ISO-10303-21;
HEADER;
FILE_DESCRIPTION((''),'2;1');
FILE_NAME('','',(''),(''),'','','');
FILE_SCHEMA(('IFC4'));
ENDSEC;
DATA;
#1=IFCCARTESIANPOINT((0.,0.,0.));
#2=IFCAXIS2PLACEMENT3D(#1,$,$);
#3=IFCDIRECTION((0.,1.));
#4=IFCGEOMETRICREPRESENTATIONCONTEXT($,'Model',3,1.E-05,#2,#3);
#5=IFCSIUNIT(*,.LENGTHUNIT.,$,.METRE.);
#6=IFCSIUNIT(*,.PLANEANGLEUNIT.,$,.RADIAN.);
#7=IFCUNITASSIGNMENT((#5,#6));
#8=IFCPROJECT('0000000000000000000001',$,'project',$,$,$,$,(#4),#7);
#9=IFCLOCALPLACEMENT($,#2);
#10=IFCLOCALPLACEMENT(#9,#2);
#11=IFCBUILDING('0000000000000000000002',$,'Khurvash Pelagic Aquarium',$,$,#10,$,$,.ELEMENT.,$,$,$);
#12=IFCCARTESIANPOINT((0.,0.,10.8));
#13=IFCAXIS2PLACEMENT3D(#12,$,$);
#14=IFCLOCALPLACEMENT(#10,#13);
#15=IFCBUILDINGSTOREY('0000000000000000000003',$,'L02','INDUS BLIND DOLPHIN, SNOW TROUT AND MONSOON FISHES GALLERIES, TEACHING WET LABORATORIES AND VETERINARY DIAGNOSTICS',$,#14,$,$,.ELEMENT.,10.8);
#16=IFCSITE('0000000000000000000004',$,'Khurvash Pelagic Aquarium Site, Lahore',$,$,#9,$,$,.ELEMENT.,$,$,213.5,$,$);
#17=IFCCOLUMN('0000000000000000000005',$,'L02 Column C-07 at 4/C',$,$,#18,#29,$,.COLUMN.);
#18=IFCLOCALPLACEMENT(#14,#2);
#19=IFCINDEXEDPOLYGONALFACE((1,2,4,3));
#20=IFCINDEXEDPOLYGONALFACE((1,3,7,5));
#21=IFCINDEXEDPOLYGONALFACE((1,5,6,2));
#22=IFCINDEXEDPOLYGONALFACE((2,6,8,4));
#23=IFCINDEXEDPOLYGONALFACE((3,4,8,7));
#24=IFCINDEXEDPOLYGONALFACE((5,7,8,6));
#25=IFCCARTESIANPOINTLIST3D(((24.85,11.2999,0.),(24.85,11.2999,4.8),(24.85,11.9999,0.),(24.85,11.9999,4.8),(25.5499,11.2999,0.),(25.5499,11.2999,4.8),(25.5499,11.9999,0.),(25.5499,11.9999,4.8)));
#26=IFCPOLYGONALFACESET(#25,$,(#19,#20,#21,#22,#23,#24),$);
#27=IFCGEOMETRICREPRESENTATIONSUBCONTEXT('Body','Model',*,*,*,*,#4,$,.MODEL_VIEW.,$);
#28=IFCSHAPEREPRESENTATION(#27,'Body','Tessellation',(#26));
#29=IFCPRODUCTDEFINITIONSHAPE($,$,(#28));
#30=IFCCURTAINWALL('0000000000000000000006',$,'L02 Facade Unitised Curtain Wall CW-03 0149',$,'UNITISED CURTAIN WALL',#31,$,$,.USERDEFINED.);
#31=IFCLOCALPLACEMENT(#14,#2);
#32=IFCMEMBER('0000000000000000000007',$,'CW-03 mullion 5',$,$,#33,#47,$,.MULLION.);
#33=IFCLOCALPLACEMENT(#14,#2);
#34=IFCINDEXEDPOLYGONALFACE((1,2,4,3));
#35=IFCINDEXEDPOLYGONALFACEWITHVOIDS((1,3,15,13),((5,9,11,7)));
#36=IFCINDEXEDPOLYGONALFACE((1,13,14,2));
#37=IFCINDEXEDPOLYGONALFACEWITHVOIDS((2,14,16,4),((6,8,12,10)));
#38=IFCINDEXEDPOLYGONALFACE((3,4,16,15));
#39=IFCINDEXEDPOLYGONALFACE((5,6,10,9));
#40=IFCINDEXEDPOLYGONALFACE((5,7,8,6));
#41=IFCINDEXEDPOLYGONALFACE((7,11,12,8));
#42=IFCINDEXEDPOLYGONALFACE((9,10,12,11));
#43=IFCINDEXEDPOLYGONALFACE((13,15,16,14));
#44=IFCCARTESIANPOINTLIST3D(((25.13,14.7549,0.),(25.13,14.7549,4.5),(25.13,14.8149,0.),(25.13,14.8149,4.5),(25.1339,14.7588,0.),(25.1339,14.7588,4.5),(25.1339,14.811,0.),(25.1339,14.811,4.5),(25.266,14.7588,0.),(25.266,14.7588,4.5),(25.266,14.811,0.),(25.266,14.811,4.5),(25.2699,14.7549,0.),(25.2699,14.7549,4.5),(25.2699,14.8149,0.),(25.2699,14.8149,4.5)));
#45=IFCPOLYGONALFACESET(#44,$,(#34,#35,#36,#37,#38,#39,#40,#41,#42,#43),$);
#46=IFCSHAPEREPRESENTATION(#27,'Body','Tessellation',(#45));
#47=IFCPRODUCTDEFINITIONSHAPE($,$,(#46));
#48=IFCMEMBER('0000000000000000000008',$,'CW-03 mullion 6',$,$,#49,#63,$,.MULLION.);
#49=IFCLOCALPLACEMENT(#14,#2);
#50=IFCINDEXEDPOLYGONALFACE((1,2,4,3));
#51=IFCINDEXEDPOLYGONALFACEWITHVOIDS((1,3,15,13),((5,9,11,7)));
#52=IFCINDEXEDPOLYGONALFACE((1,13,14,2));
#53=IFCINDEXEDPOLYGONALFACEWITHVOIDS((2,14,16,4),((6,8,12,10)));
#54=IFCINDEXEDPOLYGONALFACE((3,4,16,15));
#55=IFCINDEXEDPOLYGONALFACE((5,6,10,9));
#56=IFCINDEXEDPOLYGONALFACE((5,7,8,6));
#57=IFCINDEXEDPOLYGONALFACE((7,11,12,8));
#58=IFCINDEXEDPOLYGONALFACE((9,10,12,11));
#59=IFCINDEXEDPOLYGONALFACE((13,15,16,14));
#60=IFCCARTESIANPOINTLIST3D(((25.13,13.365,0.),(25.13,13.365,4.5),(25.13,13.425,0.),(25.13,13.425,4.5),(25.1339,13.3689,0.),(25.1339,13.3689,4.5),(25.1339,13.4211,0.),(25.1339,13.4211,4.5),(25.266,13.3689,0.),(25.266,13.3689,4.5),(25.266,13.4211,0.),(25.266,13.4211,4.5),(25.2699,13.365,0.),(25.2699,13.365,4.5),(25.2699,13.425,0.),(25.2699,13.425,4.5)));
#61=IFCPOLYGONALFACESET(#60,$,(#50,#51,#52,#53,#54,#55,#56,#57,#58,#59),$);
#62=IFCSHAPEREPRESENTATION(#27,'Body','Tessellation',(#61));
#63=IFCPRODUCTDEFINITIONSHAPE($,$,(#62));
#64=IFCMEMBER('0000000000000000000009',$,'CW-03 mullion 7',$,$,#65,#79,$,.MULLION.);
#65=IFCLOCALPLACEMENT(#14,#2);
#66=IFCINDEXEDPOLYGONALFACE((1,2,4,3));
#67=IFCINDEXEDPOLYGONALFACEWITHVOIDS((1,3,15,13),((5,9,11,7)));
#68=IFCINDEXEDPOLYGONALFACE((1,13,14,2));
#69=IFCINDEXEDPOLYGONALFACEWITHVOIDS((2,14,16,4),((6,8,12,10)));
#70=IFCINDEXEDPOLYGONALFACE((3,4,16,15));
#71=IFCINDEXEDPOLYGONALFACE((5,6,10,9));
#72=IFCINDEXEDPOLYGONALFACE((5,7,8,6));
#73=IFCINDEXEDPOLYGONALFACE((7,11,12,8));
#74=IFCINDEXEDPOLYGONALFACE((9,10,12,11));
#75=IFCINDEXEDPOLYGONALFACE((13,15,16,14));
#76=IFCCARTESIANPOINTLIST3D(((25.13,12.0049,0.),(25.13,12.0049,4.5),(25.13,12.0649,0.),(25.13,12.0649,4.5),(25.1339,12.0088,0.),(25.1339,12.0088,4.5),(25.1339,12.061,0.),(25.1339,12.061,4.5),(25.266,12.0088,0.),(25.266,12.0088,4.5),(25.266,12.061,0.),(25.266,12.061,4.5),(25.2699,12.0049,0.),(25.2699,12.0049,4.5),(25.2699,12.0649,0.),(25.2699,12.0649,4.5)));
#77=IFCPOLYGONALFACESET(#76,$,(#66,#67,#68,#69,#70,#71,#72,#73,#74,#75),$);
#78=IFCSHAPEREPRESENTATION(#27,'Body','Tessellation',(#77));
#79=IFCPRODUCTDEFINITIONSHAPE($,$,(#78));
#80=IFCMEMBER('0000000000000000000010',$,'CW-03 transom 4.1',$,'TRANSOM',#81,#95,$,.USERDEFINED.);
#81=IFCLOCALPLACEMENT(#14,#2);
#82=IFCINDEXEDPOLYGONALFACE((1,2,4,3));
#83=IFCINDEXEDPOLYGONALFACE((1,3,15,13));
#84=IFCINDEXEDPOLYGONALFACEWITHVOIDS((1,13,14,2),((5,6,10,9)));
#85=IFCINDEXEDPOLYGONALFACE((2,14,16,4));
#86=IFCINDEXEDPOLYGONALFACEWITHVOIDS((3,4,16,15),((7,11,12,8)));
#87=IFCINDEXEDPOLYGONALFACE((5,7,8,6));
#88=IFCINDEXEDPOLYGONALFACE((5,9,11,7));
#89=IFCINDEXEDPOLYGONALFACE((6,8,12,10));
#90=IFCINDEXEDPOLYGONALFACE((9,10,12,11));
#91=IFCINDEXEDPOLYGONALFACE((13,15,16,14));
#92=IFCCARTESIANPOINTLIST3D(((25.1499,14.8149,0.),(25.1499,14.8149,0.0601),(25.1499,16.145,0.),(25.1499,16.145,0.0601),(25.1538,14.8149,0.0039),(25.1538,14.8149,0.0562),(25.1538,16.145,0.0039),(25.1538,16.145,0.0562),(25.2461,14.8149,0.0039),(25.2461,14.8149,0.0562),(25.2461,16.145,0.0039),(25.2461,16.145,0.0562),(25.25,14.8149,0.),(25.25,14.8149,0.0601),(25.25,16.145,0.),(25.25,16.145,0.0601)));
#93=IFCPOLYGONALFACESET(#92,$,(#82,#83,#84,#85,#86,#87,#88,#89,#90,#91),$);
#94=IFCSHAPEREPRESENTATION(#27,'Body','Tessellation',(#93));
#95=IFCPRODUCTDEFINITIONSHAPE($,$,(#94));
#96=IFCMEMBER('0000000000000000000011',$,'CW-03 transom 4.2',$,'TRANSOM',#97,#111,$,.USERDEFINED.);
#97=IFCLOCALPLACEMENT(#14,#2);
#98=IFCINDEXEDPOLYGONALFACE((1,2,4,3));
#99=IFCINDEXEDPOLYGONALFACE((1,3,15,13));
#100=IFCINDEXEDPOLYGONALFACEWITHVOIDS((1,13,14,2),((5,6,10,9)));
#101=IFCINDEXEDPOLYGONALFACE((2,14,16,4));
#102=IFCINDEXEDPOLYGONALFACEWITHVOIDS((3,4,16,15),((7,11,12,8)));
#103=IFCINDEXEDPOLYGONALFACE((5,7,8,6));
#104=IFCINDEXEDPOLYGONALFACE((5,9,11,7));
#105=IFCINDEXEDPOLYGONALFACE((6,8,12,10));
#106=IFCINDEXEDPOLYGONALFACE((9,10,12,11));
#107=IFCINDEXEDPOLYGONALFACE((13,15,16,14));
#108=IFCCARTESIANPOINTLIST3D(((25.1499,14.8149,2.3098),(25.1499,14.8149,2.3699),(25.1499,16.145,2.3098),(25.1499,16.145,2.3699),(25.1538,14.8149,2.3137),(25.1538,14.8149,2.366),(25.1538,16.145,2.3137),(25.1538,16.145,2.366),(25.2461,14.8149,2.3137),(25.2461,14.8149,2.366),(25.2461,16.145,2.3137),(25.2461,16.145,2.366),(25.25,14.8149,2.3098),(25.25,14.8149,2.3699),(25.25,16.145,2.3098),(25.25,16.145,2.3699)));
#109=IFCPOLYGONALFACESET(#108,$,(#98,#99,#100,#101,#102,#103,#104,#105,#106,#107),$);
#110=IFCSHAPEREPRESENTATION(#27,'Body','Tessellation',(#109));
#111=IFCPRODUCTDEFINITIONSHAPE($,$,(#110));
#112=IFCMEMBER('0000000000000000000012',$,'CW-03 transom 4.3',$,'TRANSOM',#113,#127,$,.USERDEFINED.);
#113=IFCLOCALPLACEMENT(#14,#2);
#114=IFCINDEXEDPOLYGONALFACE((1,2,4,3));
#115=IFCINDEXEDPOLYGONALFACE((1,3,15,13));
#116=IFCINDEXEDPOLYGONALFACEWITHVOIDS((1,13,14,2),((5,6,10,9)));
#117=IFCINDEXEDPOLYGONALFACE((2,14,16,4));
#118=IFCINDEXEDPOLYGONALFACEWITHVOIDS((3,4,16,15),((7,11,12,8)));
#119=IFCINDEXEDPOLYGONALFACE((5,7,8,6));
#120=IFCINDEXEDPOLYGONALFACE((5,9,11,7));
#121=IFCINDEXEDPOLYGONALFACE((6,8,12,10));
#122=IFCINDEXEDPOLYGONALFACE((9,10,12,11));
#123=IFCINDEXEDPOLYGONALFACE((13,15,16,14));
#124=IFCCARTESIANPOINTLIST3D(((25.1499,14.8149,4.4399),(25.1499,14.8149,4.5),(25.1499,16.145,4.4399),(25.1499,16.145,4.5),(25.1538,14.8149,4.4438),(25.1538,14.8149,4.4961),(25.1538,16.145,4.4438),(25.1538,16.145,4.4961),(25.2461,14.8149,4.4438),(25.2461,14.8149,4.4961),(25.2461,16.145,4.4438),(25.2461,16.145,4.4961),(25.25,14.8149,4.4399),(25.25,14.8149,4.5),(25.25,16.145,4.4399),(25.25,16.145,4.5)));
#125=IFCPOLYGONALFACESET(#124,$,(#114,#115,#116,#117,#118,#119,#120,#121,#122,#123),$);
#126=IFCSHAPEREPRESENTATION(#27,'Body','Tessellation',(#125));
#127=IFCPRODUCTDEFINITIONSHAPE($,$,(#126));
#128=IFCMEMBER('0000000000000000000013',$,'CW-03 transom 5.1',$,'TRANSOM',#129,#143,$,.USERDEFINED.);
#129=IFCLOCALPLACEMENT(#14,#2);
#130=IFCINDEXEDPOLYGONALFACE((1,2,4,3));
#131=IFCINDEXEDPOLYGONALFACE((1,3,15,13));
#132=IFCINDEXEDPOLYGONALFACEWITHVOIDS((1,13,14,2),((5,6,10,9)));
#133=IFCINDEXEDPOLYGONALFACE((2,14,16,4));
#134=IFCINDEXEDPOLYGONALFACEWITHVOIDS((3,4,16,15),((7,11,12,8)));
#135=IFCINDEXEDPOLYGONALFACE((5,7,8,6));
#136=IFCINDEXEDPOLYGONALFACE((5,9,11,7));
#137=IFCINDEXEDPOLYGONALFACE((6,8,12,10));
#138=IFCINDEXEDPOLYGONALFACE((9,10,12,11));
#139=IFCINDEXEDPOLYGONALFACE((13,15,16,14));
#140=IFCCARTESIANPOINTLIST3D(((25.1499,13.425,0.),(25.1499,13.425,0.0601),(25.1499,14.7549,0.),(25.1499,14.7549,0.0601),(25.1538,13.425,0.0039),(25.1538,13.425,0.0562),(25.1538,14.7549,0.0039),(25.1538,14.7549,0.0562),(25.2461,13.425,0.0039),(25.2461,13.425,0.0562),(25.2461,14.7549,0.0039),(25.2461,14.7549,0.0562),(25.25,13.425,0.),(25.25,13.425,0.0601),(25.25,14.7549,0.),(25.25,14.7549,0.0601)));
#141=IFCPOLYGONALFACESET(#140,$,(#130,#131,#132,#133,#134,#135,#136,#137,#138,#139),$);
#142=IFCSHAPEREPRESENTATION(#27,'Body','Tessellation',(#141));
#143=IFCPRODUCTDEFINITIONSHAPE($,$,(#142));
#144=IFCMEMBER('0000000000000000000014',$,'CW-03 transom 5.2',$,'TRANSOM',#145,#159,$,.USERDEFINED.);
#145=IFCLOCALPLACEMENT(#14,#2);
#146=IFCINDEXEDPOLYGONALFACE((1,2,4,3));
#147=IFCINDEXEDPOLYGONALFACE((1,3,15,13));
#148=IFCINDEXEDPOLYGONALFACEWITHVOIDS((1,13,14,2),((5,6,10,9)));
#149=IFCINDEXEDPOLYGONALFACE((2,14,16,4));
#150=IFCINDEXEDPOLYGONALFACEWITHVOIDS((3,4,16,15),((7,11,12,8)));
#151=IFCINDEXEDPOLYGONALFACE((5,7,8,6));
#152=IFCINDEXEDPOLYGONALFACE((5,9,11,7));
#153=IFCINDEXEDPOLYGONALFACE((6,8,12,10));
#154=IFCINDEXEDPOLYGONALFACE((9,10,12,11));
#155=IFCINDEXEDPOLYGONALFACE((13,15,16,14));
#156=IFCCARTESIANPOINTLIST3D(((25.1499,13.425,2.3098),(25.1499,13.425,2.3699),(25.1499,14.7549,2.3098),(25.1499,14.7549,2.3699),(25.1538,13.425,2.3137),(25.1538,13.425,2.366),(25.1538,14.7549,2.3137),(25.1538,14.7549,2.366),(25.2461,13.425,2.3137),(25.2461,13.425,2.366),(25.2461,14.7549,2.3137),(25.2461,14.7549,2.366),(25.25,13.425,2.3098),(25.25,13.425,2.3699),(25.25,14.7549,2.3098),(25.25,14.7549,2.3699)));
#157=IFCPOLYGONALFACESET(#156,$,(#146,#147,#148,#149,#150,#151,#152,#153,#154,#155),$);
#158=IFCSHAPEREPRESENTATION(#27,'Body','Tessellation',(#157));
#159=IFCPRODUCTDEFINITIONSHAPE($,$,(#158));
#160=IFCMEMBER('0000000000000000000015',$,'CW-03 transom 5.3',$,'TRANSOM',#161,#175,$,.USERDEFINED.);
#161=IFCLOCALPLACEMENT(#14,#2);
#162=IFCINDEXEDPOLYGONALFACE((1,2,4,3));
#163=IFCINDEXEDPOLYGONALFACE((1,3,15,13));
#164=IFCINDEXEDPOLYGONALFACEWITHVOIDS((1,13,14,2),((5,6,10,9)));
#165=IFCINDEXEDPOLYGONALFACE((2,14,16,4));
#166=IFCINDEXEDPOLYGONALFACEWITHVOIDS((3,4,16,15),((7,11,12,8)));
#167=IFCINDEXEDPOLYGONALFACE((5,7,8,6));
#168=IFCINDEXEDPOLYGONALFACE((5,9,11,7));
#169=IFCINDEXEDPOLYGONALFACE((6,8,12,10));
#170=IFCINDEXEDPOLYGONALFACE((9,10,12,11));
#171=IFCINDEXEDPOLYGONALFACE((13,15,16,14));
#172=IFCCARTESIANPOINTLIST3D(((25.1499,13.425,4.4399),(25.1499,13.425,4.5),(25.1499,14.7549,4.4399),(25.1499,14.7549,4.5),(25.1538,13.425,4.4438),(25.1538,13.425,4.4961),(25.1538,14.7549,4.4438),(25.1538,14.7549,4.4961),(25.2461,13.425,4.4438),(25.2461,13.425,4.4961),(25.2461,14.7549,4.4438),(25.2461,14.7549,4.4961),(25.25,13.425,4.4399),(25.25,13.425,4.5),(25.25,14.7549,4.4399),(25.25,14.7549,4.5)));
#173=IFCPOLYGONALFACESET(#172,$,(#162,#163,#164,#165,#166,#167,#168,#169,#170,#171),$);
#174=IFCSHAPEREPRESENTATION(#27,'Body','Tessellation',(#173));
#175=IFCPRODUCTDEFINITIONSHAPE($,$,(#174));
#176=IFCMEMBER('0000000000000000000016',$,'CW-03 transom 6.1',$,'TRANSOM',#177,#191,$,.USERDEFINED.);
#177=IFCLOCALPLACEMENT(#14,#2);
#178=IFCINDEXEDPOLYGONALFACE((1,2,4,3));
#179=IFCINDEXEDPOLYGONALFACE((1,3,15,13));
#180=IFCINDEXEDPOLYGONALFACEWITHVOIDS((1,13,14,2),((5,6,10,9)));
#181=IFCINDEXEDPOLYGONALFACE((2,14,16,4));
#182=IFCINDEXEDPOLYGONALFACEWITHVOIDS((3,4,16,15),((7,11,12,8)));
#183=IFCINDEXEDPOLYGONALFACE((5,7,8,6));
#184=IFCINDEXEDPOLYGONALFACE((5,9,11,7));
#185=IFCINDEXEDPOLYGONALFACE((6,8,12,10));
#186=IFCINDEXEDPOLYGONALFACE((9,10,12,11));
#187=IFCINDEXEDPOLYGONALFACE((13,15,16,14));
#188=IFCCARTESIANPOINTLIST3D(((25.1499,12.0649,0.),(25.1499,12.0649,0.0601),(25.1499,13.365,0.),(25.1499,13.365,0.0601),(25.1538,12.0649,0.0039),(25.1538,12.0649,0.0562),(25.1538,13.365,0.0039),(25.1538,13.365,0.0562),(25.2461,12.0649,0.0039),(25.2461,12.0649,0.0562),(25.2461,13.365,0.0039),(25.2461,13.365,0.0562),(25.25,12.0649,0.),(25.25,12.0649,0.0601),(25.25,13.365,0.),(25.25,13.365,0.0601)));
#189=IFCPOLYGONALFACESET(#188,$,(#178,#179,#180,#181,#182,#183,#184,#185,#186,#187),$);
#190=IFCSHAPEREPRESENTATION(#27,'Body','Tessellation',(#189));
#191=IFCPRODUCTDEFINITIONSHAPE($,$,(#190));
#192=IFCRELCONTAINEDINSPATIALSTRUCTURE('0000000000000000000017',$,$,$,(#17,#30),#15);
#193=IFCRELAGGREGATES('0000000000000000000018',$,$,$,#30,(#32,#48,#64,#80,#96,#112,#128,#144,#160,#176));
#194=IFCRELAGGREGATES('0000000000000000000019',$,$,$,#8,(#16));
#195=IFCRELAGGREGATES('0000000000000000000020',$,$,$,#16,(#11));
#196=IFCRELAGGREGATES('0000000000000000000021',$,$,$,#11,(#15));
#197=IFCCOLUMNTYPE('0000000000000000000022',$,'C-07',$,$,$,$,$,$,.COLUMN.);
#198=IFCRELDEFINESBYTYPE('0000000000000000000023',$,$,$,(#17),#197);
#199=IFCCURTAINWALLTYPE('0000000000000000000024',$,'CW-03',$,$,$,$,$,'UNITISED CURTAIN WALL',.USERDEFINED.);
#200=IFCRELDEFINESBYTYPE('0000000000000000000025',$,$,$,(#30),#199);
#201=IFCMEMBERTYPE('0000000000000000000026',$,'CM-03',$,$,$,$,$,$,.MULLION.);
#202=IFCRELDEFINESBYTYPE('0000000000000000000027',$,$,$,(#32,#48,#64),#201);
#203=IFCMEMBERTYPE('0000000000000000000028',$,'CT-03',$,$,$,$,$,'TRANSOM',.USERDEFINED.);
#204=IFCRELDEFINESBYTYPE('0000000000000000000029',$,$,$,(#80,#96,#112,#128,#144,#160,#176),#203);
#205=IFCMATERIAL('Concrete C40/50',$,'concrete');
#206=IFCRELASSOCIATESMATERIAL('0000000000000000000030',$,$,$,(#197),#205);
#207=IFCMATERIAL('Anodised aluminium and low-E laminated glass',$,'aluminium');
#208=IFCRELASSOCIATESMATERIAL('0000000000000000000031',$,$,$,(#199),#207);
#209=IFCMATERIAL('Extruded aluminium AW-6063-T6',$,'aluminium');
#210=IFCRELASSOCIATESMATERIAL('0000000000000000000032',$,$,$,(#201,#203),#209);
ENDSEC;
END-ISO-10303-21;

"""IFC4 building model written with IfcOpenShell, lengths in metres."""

from ifc_helpers import new_model, si_unit, direction, frame, origin, origin_2d, place, context, subcontext, project, spatial, rectangle, hollow_rectangle, extrude, material, material_profile, profile_set, type_object, element, aggregate, save


model = new_model("IFC4")

# Units and contexts
model_context = context("Model", 3, precision=1e-05, world=origin(), true_north=direction((0.0, 1.0)))
body_context = subcontext(model_context, "Body", "Model", "MODEL_VIEW")
ifc_project = project(units=[si_unit("LENGTHUNIT", "METRE"), si_unit("PLANEANGLEUNIT", "RADIAN")], contexts=[model_context])

# Site, building, storey
site_placement = place(None, origin())
site = spatial("IfcSite", under=ifc_project, at=site_placement, Name="Khurvash Pelagic Aquarium Site, Lahore", CompositionType="ELEMENT", RefElevation=213.5)
building_placement = place(site_placement, origin())
building = spatial("IfcBuilding", under=site, at=building_placement, Name="Khurvash Pelagic Aquarium", CompositionType="ELEMENT")
storey_placement = place(building_placement, frame((0.0, 0.0, 10.8)))
storey = spatial("IfcBuildingStorey", under=building, at=storey_placement, Name="L02", Description="INDUS BLIND DOLPHIN, SNOW TROUT AND MONSOON FISHES GALLERIES, TEACHING WET LABORATORIES AND VETERINARY DIAGNOSTICS", CompositionType="ELEMENT", Elevation=10.8)

# Column
ifc_material_1 = material(Name="Concrete C40/50", Category="concrete")
ifc_material_profile_1 = material_profile(ifc_material_1, rectangle(XDim=0.7, YDim=0.7, at=origin_2d()), Name="RC700X700")
ifc_profile_set_1 = profile_set([ifc_material_profile_1], Name="Concrete C40/50")
column_type = type_object("IfcColumnType", Name="C-07", PredefinedType="COLUMN", material=ifc_profile_set_1)
column_placement = place(storey_placement, frame((25.2, 11.6499, 0.0), z_axis=(0.0, 0.0, 1.0), x_axis=(1.0, 0.0, 0.0)))
element("IfcColumn", 1, at=column_placement, inside=storey, type_object=column_type, Name="L02 Column C-07 at 4/C", PredefinedType="COLUMN", context=body_context, shape_type="SweptSolid", body=[
    extrude(rectangle(XDim=0.7, YDim=0.7, at=origin_2d()), origin(), (0.0, 0.0, 1.0), 4.8),
])

# Curtain wall, members
ifc_material_2 = material(Name="Anodised aluminium and low-E laminated glass", Category="aluminium")
curtain_wall_type = type_object("IfcCurtainWallType", Name="CW-03", ElementType="UNITISED CURTAIN WALL", PredefinedType="USERDEFINED", material=ifc_material_2)
curtain_wall_placement = place(storey_placement, origin())
curtain_wall = element("IfcCurtainWall", 2, at=curtain_wall_placement, inside=storey, type_object=curtain_wall_type, Name="L02 Facade Unitised Curtain Wall CW-03 0149", ObjectType="UNITISED CURTAIN WALL", PredefinedType="USERDEFINED")
ifc_material_3 = material(Name="Extruded aluminium AW-6063-T6", Category="aluminium")
ifc_material_profile_2 = material_profile(ifc_material_3, hollow_rectangle(XDim=0.0601, YDim=0.1399, WallThickness=0.0039, at=origin_2d()), Name="CWM60X140X4")
ifc_profile_set_2 = profile_set([ifc_material_profile_2], Name="Extruded aluminium AW-6063-T6")
member_type_1 = type_object("IfcMemberType", Name="CM-03", PredefinedType="MULLION", material=ifc_profile_set_2)
member_1_placement = place(storey_placement, frame((25.2, 14.7849, 0.0), z_axis=(0.0, 0.0, 1.0), x_axis=(0.0, -1.0, 0.0)))
member_1 = element("IfcMember", 3, at=member_1_placement, type_object=member_type_1, Name="CW-03 mullion 5", PredefinedType="MULLION", context=body_context, shape_type="SweptSolid", body=[
    extrude(hollow_rectangle(XDim=0.0601, YDim=0.1399, WallThickness=0.0039, at=origin_2d()), origin(), (0.0, 0.0, 1.0), 4.5),
])
member_2_placement = place(storey_placement, frame((25.2, 13.395, 0.0), z_axis=(0.0, 0.0, 1.0), x_axis=(0.0, -1.0, 0.0)))
member_2 = element("IfcMember", 4, at=member_2_placement, type_object=member_type_1, Name="CW-03 mullion 6", PredefinedType="MULLION", context=body_context, shape_type="SweptSolid", body=[
    extrude(hollow_rectangle(XDim=0.0601, YDim=0.1399, WallThickness=0.0039, at=origin_2d()), origin(), (0.0, 0.0, 1.0), 4.5),
])
member_3_placement = place(storey_placement, frame((25.2, 12.0349, 0.0), z_axis=(0.0, 0.0, 1.0), x_axis=(0.0, -1.0, 0.0)))
member_3 = element("IfcMember", 5, at=member_3_placement, type_object=member_type_1, Name="CW-03 mullion 7", PredefinedType="MULLION", context=body_context, shape_type="SweptSolid", body=[
    extrude(hollow_rectangle(XDim=0.0601, YDim=0.1399, WallThickness=0.0039, at=origin_2d()), origin(), (0.0, 0.0, 1.0), 4.5),
])
ifc_material_profile_3 = material_profile(ifc_material_3, hollow_rectangle(XDim=0.1001, YDim=0.0601, WallThickness=0.0039, at=origin_2d()), Name="CWT100X60X4")
ifc_profile_set_3 = profile_set([ifc_material_profile_3], Name="Extruded aluminium AW-6063-T6")
member_type_2 = type_object("IfcMemberType", Name="CT-03", ElementType="TRANSOM", PredefinedType="USERDEFINED", material=ifc_profile_set_3)
member_4_placement = place(storey_placement, frame((25.2, 16.145, 0.03), z_axis=(0.0, -1.0, 0.0), x_axis=(1.0, 0.0, 0.0)))
member_4 = element("IfcMember", 6, at=member_4_placement, type_object=member_type_2, Name="CW-03 transom 4.1", ObjectType="TRANSOM", PredefinedType="USERDEFINED", context=body_context, shape_type="SweptSolid", body=[
    extrude(hollow_rectangle(XDim=0.1001, YDim=0.0601, WallThickness=0.0039, at=origin_2d()), origin(), (0.0, 0.0, 1.0), 1.3301),
])
member_5_placement = place(storey_placement, frame((25.2, 16.145, 2.3398), z_axis=(0.0, -1.0, 0.0), x_axis=(1.0, 0.0, 0.0)))
member_5 = element("IfcMember", 7, at=member_5_placement, type_object=member_type_2, Name="CW-03 transom 4.2", ObjectType="TRANSOM", PredefinedType="USERDEFINED", context=body_context, shape_type="SweptSolid", body=[
    extrude(hollow_rectangle(XDim=0.1001, YDim=0.0601, WallThickness=0.0039, at=origin_2d()), origin(), (0.0, 0.0, 1.0), 1.3301),
])
member_6_placement = place(storey_placement, frame((25.2, 16.145, 4.47), z_axis=(0.0, -1.0, 0.0), x_axis=(1.0, 0.0, 0.0)))
member_6 = element("IfcMember", 8, at=member_6_placement, type_object=member_type_2, Name="CW-03 transom 4.3", ObjectType="TRANSOM", PredefinedType="USERDEFINED", context=body_context, shape_type="SweptSolid", body=[
    extrude(hollow_rectangle(XDim=0.1001, YDim=0.0601, WallThickness=0.0039, at=origin_2d()), origin(), (0.0, 0.0, 1.0), 1.3301),
])
member_7_placement = place(storey_placement, frame((25.2, 14.7549, 0.03), z_axis=(0.0, -1.0, 0.0), x_axis=(1.0, 0.0, 0.0)))
member_7 = element("IfcMember", 9, at=member_7_placement, type_object=member_type_2, Name="CW-03 transom 5.1", ObjectType="TRANSOM", PredefinedType="USERDEFINED", context=body_context, shape_type="SweptSolid", body=[
    extrude(hollow_rectangle(XDim=0.1001, YDim=0.0601, WallThickness=0.0039, at=origin_2d()), origin(), (0.0, 0.0, 1.0), 1.3298),
])
member_8_placement = place(storey_placement, frame((25.2, 14.7549, 2.3398), z_axis=(0.0, -1.0, 0.0), x_axis=(1.0, 0.0, 0.0)))
member_8 = element("IfcMember", 10, at=member_8_placement, type_object=member_type_2, Name="CW-03 transom 5.2", ObjectType="TRANSOM", PredefinedType="USERDEFINED", context=body_context, shape_type="SweptSolid", body=[
    extrude(hollow_rectangle(XDim=0.1001, YDim=0.0601, WallThickness=0.0039, at=origin_2d()), origin(), (0.0, 0.0, 1.0), 1.3298),
])
member_9_placement = place(storey_placement, frame((25.2, 14.7549, 4.47), z_axis=(0.0, -1.0, 0.0), x_axis=(1.0, 0.0, 0.0)))
member_9 = element("IfcMember", 11, at=member_9_placement, type_object=member_type_2, Name="CW-03 transom 5.3", ObjectType="TRANSOM", PredefinedType="USERDEFINED", context=body_context, shape_type="SweptSolid", body=[
    extrude(hollow_rectangle(XDim=0.1001, YDim=0.0601, WallThickness=0.0039, at=origin_2d()), origin(), (0.0, 0.0, 1.0), 1.3298),
])
member_10_placement = place(storey_placement, frame((25.2, 13.365, 0.03), z_axis=(0.0, -1.0, 0.0), x_axis=(1.0, 0.0, 0.0)))
member_10 = element("IfcMember", 12, at=member_10_placement, type_object=member_type_2, Name="CW-03 transom 6.1", ObjectType="TRANSOM", PredefinedType="USERDEFINED", context=body_context, shape_type="SweptSolid", body=[
    extrude(hollow_rectangle(XDim=0.1001, YDim=0.0601, WallThickness=0.0039, at=origin_2d()), origin(), (0.0, 0.0, 1.0), 1.3),
])

aggregate(curtain_wall, [member_1, member_2, member_3, member_4, member_5, member_6, member_7, member_8, member_9, member_10])

save(model, "model.ifc")
